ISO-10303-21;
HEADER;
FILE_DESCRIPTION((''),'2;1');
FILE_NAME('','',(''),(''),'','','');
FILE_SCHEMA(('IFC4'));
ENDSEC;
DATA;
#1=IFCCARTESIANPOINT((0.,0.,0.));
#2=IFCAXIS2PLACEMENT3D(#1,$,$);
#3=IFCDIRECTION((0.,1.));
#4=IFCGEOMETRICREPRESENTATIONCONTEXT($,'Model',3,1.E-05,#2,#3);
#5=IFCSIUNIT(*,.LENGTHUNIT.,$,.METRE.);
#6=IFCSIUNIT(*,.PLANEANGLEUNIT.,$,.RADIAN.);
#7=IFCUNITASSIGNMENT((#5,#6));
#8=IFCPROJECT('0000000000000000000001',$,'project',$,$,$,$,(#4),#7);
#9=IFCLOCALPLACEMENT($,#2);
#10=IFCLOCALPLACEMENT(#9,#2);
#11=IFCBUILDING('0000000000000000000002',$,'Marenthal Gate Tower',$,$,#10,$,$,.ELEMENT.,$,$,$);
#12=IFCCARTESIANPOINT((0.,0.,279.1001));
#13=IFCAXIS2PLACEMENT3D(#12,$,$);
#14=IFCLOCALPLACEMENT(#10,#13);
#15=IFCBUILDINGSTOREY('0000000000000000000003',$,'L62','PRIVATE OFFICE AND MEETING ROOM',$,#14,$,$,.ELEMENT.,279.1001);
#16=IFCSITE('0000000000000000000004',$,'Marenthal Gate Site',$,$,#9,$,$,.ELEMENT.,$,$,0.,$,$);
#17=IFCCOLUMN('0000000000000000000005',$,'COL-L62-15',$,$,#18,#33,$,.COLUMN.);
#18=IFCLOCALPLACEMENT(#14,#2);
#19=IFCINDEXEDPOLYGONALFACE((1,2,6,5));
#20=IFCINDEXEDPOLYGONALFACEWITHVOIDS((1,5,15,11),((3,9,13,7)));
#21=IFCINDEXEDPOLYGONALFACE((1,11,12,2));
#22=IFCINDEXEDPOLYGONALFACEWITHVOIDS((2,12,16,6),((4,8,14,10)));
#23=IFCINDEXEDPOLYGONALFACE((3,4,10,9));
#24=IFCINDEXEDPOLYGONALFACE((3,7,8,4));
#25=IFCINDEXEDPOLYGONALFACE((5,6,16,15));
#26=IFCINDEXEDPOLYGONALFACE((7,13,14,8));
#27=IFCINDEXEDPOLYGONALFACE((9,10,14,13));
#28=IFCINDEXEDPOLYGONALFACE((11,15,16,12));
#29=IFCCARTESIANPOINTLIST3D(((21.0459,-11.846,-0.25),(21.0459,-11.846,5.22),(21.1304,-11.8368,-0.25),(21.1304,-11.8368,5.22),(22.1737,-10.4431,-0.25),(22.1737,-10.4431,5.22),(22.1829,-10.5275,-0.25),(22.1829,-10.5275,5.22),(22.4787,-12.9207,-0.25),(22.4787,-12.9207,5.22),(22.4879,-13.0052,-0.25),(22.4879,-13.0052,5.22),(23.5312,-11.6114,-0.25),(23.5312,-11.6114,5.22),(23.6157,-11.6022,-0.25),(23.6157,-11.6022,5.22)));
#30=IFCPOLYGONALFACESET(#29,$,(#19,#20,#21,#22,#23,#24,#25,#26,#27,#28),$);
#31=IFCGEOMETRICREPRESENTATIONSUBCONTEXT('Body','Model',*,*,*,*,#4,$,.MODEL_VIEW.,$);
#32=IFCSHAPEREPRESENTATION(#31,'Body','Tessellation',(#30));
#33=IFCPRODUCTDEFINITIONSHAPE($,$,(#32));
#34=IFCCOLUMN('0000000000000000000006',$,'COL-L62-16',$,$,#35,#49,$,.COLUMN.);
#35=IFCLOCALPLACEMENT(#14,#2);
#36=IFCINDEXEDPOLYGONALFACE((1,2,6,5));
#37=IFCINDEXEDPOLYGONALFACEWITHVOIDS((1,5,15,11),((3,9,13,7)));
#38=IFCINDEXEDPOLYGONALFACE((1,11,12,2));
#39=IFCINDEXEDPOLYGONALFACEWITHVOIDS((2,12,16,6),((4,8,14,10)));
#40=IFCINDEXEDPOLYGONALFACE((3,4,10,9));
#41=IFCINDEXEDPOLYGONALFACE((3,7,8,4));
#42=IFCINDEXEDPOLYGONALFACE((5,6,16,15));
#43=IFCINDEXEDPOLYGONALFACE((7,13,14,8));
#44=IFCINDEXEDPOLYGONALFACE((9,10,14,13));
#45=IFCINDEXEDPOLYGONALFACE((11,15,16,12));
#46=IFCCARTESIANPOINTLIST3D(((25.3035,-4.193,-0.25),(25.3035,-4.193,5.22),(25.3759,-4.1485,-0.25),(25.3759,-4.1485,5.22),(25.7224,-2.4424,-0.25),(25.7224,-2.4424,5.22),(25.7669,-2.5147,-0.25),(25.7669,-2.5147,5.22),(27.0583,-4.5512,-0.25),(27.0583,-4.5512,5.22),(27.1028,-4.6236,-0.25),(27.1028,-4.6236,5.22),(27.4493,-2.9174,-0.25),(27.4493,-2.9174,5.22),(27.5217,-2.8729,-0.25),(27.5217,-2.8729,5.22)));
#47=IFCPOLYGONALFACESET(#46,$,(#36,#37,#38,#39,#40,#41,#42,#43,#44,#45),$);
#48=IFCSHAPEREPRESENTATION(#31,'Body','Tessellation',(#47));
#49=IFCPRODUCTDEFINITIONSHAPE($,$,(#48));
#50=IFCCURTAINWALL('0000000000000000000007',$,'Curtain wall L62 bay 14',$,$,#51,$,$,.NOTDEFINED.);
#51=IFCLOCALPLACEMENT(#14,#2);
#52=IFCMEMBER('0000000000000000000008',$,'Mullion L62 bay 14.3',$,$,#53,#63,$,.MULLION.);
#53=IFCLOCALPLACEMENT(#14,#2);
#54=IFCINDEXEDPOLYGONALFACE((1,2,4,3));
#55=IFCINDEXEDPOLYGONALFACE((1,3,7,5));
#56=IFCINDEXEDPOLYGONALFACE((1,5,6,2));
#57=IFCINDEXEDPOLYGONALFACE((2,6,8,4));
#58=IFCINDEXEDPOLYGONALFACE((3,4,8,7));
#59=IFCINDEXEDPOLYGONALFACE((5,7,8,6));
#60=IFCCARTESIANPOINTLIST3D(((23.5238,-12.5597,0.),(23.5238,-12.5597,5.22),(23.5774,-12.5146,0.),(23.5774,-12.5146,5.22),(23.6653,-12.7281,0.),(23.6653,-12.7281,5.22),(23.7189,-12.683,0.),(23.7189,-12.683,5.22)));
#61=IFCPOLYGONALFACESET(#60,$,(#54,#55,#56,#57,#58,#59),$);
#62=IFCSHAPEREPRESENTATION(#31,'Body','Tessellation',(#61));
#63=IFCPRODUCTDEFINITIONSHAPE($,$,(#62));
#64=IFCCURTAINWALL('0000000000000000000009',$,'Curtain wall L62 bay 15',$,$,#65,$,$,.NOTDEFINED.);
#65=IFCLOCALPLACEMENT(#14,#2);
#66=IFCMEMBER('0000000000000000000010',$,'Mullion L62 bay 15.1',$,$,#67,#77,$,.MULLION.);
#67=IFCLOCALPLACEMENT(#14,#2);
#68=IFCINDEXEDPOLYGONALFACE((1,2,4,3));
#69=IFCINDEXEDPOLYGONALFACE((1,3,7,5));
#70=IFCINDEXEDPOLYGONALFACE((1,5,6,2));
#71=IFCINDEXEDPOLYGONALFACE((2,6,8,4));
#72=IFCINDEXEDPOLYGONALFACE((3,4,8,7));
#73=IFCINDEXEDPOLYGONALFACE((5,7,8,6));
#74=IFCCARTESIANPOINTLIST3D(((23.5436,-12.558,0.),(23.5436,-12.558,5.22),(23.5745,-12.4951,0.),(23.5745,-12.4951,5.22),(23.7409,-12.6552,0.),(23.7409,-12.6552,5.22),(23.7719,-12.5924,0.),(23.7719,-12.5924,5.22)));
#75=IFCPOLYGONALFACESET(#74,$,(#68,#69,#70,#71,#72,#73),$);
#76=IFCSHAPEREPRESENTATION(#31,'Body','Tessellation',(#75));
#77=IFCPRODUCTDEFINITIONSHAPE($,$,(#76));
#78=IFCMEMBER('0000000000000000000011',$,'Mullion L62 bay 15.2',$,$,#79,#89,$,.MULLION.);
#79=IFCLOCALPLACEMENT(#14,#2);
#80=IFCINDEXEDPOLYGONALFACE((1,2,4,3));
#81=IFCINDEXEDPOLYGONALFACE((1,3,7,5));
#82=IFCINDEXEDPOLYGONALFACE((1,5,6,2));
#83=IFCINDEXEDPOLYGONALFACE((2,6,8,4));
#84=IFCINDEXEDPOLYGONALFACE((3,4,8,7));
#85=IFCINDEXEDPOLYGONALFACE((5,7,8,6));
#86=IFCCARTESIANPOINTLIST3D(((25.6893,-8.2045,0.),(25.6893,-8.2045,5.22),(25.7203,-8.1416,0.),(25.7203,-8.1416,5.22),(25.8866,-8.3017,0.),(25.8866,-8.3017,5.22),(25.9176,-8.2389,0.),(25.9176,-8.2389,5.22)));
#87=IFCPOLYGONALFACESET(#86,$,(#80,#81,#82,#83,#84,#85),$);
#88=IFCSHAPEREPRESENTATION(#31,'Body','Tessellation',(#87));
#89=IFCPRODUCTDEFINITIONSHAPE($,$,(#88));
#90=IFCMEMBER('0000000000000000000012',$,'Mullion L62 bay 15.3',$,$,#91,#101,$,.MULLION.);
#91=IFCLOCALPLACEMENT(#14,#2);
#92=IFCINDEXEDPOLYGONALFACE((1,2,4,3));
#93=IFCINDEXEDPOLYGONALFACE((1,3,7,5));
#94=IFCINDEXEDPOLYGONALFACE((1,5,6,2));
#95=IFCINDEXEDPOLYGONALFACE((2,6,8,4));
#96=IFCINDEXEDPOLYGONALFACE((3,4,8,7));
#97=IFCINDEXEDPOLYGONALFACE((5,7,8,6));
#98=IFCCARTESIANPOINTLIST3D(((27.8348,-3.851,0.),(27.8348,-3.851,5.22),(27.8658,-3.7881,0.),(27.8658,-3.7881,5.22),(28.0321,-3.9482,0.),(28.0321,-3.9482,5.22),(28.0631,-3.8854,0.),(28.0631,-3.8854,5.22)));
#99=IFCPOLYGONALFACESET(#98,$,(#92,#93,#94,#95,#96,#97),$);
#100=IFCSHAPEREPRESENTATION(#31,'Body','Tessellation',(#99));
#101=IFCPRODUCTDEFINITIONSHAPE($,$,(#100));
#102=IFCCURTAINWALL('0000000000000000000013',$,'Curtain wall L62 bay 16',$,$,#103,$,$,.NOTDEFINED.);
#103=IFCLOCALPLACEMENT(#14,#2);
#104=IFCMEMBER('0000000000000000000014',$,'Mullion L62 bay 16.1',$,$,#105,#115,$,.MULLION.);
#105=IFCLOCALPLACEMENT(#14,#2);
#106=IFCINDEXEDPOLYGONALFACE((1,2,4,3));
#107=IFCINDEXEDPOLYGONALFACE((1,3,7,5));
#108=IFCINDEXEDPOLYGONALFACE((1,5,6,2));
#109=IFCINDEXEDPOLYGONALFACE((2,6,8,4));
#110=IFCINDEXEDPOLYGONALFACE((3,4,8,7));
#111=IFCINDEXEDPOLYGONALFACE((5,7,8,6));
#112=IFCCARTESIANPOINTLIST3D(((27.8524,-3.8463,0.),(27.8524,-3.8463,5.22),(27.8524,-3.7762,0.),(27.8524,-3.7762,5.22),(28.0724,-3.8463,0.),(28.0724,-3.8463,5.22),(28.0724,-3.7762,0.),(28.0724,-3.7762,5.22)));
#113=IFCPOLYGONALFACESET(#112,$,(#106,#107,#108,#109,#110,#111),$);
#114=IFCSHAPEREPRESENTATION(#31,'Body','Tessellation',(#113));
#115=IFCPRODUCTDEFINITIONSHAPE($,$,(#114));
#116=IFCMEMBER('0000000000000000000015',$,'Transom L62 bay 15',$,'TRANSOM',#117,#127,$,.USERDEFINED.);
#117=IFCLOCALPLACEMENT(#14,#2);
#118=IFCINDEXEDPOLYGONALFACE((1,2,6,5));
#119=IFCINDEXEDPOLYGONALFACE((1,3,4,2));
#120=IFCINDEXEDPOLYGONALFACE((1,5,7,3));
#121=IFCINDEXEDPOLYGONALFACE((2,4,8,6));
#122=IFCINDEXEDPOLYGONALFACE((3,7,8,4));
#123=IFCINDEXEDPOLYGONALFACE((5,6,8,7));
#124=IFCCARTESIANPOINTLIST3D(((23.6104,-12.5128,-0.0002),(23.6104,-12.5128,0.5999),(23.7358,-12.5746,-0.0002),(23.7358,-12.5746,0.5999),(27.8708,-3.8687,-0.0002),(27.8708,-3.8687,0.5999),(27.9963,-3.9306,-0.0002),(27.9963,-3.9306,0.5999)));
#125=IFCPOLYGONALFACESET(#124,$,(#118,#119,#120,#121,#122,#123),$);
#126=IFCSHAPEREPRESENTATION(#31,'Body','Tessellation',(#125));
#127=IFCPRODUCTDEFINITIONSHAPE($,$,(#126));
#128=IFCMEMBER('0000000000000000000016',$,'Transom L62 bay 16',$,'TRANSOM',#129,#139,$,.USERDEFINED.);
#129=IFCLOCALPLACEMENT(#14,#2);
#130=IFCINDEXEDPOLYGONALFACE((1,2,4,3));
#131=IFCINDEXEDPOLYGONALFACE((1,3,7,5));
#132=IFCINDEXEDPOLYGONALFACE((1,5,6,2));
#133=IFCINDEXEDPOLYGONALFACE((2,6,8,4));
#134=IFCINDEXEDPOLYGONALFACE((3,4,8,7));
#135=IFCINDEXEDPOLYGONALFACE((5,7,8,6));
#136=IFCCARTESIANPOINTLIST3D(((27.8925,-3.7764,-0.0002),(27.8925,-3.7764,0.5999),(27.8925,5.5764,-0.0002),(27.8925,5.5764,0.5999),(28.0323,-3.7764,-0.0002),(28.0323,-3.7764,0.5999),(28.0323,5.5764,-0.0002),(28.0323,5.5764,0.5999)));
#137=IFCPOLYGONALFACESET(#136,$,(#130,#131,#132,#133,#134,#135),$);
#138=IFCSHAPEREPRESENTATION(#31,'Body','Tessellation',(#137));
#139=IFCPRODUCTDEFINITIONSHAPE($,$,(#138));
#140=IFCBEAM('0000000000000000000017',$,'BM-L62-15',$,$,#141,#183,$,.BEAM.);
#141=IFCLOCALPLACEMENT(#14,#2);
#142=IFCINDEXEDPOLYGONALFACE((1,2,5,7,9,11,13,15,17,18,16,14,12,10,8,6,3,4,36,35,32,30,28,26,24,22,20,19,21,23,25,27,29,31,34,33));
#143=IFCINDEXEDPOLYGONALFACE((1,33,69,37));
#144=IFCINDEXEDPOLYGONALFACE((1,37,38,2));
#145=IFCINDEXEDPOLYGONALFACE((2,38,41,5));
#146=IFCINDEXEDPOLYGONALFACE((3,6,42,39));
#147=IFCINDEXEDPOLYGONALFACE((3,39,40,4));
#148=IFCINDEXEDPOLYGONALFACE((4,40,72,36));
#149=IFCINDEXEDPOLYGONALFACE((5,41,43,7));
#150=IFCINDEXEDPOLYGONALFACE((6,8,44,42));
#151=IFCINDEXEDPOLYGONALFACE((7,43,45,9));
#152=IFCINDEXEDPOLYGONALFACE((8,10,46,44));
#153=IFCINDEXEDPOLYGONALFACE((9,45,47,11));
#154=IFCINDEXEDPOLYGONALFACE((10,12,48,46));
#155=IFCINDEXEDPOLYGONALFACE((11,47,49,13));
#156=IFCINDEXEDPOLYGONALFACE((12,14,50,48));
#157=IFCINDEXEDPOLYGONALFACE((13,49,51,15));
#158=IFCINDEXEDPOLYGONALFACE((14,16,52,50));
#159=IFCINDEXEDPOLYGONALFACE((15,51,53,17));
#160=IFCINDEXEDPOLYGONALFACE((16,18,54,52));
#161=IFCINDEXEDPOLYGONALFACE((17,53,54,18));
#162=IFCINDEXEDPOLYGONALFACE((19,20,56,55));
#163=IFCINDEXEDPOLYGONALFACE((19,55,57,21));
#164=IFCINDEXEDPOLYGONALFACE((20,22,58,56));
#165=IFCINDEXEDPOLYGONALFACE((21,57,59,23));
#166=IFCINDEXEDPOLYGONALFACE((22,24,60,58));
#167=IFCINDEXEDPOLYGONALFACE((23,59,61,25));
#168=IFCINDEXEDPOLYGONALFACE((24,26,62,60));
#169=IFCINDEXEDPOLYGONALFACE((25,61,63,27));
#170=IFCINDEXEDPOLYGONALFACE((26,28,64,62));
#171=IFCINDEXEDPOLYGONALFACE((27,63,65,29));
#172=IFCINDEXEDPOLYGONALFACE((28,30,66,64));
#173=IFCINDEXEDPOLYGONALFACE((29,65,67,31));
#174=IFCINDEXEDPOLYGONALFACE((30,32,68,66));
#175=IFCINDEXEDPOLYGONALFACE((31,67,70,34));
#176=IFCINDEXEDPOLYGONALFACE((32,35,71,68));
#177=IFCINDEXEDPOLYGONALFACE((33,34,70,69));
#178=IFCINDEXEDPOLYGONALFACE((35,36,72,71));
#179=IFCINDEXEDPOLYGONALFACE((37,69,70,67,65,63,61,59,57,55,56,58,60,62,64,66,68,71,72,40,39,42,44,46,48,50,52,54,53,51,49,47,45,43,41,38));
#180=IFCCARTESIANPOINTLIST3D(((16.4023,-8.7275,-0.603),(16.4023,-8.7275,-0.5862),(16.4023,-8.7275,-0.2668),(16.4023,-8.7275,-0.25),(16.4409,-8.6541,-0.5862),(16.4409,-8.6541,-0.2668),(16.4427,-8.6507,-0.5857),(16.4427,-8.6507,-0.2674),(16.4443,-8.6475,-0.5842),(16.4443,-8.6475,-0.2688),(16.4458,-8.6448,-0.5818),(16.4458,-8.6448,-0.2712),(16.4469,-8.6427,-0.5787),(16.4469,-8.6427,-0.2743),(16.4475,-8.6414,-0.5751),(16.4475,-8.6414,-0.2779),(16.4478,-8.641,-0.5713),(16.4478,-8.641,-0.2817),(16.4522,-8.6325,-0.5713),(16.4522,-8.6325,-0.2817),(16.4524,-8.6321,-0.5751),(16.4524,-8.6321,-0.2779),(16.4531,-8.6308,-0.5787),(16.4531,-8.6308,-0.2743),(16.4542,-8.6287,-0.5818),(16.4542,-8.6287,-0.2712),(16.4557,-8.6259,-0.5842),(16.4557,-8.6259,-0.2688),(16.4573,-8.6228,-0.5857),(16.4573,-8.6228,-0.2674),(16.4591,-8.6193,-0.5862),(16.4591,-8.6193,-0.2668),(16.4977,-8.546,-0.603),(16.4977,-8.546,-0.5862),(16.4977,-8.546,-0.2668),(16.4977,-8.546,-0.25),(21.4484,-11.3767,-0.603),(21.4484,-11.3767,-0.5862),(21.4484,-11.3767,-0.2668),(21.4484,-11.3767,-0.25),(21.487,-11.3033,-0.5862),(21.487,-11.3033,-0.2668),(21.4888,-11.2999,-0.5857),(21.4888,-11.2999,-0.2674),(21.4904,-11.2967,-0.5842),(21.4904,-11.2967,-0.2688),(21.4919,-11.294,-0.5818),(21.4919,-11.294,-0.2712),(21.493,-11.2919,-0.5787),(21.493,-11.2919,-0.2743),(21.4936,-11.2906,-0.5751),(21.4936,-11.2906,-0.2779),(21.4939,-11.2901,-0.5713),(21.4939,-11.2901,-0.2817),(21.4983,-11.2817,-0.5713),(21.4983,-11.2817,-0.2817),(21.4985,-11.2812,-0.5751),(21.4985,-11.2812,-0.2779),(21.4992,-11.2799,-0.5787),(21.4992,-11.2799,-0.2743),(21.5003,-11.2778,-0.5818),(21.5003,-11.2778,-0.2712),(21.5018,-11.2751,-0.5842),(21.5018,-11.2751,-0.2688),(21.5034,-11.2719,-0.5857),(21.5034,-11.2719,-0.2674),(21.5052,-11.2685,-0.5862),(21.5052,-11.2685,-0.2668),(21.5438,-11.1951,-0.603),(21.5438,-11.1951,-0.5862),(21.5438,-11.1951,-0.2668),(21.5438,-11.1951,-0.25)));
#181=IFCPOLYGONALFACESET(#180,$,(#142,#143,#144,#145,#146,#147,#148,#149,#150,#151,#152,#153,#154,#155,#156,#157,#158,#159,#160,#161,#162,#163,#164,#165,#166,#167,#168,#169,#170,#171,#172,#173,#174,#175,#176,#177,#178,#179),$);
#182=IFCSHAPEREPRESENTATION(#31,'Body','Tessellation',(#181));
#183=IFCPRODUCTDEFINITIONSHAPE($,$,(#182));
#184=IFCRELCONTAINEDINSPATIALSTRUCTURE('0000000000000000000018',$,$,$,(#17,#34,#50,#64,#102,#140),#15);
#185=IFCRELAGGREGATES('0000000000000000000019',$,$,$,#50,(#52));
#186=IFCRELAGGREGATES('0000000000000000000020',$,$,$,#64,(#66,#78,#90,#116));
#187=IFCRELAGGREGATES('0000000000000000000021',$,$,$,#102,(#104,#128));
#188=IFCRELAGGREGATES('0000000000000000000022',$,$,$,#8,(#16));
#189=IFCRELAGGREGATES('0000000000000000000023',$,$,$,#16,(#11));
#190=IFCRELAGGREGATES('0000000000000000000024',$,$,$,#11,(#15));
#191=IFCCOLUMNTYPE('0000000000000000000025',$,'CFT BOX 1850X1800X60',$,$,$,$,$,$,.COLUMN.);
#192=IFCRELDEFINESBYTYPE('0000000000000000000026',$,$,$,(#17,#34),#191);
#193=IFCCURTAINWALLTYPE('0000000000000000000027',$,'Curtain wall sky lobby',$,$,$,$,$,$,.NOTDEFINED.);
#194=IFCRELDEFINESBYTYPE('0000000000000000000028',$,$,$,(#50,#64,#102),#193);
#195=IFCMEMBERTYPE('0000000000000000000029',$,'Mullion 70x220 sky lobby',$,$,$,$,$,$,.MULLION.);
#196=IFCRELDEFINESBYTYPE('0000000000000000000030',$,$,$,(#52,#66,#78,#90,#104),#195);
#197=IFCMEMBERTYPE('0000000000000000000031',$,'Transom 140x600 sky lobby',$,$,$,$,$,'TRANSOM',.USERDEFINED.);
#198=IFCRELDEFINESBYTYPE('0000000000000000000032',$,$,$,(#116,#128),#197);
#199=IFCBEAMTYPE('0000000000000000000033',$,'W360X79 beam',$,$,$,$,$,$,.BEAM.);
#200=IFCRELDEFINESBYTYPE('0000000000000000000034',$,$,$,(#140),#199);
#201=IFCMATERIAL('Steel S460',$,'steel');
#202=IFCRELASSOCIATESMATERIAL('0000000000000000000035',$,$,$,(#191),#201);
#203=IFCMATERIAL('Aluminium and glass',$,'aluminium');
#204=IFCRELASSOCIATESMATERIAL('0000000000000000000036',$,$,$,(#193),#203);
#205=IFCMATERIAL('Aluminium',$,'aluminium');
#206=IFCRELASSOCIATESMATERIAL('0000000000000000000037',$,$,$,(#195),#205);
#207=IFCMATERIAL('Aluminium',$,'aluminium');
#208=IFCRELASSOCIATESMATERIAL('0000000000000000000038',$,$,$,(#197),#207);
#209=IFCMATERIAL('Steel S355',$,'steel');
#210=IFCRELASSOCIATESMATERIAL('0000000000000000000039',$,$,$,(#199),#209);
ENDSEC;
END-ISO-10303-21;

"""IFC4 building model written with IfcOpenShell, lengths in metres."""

from ifc_helpers import new_model, si_unit, direction, frame, origin, origin_2d, place, context, subcontext, project, spatial, rectangle, hollow_rectangle, i_section, extrude, material, material_profile, profile_set, type_object, element, aggregate, save


model = new_model("IFC4")

# Units and contexts
model_context = context("Model", 3, precision=1e-05, world=origin(), true_north=direction((0.0, 1.0)))
body_context = subcontext(model_context, "Body", "Model", "MODEL_VIEW")
ifc_project = project(units=[si_unit("LENGTHUNIT", "METRE"), si_unit("PLANEANGLEUNIT", "RADIAN")], contexts=[model_context])

# Site, building, storey
site_placement = place(None, origin())
site = spatial("IfcSite", under=ifc_project, at=site_placement, Name="Marenthal Gate Site", CompositionType="ELEMENT", RefElevation=0.0)
building_placement = place(site_placement, origin())
building = spatial("IfcBuilding", under=site, at=building_placement, Name="Marenthal Gate Tower", CompositionType="ELEMENT")
storey_placement = place(building_placement, frame((0.0, 0.0, 279.1001)))
storey = spatial("IfcBuildingStorey", under=building, at=storey_placement, Name="L62", Description="PRIVATE OFFICE AND MEETING ROOM", CompositionType="ELEMENT", Elevation=279.1001)

# Columns
ifc_material_1 = material(Name="Steel S460", Category="steel")
ifc_material_profile_1 = material_profile(ifc_material_1, hollow_rectangle(XDim=1.8, YDim=1.8501, WallThickness=0.0601, at=origin_2d()), Name="CFT BOX 1850X1800X60")
ifc_material_2 = material(Name="Concrete 70 MPa", Category="concrete")
ifc_material_profile_2 = material_profile(ifc_material_2, rectangle(XDim=1.6799, YDim=1.73, at=origin_2d()), Name="CFT BOX 1850X1800X60 INFILL")
ifc_profile_set_1 = profile_set([ifc_material_profile_1, ifc_material_profile_2], Name="Steel S460 shell, Concrete 70 MPa infill")
column_type = type_object("IfcColumnType", Name="CFT BOX 1850X1800X60", PredefinedType="COLUMN", material=ifc_profile_set_1)
for number, where, z_axis, x_axis, name in (
    (1, (22.3308, -11.7241, -0.25), (0.0, 0.0, 1.0), (-0.62654, -0.779389, 0.0), "COL-L62-15"),
    (2, (26.4126, -3.533, -0.25), (0.0, 0.0, 1.0), (-0.232739, -0.972539, 0.0), "COL-L62-16"),
):
    element("IfcColumn", number, at=place(storey_placement, frame(where, z_axis=z_axis, x_axis=x_axis)), inside=storey, type_object=column_type, Name=name, PredefinedType="COLUMN", context=body_context, shape_type="SweptSolid", body=[
        extrude(hollow_rectangle(XDim=1.8, YDim=1.8501, WallThickness=0.0601, at=origin_2d()), origin(), (0.0, 0.0, 1.0), 5.47),
    ])

# Curtain wall, member
ifc_material_3 = material(Name="Aluminium and glass", Category="aluminium")
curtain_wall_type = type_object("IfcCurtainWallType", Name="Curtain wall sky lobby", PredefinedType="NOTDEFINED", material=ifc_material_3)
curtain_wall_1_placement = place(storey_placement, origin())
curtain_wall_1 = element("IfcCurtainWall", 3, at=curtain_wall_1_placement, inside=storey, type_object=curtain_wall_type, Name="Curtain wall L62 bay 14", PredefinedType="NOTDEFINED")
ifc_material_4 = material(Name="Aluminium", Category="aluminium")
ifc_material_profile_3 = material_profile(ifc_material_4, rectangle(XDim=0.22, YDim=0.0701, at=origin_2d()), Name="70x220 aluminium mullion")
ifc_profile_set_2 = profile_set([ifc_material_profile_3], Name="Aluminium")
member_type_1 = type_object("IfcMemberType", Name="Mullion 70x220 sky lobby", PredefinedType="MULLION", material=ifc_profile_set_2)
member_1_placement = place(storey_placement, frame((23.6213, -12.6213, 0.0), z_axis=(0.0, 0.0, 1.0), x_axis=(-0.64338, 0.765547, 0.0)))
member_1 = element("IfcMember", 4, at=member_1_placement, type_object=member_type_1, Name="Mullion L62 bay 14.3", PredefinedType="MULLION", context=body_context, shape_type="SweptSolid", body=[
    extrude(rectangle(XDim=0.22, YDim=0.0701, at=origin_2d()), origin(), (0.0, 0.0, 1.0), 5.22),
])
aggregate(curtain_wall_1, [member_1])

# Curtain wall, members
curtain_wall_2_placement = place(storey_placement, origin())
curtain_wall_2 = element("IfcCurtainWall", 5, at=curtain_wall_2_placement, inside=storey, type_object=curtain_wall_type, Name="Curtain wall L62 bay 15", PredefinedType="NOTDEFINED")
member_2_placement = place(storey_placement, frame((23.6577, -12.5752, 0.0), z_axis=(0.0, 0.0, 1.0), x_axis=(-0.89697, 0.442091, 0.0)))
member_2 = element("IfcMember", 6, at=member_2_placement, type_object=member_type_1, Name="Mullion L62 bay 15.1", PredefinedType="MULLION", context=body_context, shape_type="SweptSolid", body=[
    extrude(rectangle(XDim=0.22, YDim=0.0701, at=origin_2d()), origin(), (0.0, 0.0, 1.0), 5.22),
])
member_3_placement = place(storey_placement, frame((25.8035, -8.2217, 0.0), z_axis=(0.0, 0.0, 1.0), x_axis=(-0.89697, 0.442091, 0.0)))
member_3 = element("IfcMember", 7, at=member_3_placement, type_object=member_type_1, Name="Mullion L62 bay 15.2", PredefinedType="MULLION", context=body_context, shape_type="SweptSolid", body=[
    extrude(rectangle(XDim=0.22, YDim=0.0701, at=origin_2d()), origin(), (0.0, 0.0, 1.0), 5.22),
])
member_4_placement = place(storey_placement, frame((27.949, -3.8682, 0.0), z_axis=(0.0, 0.0, 1.0), x_axis=(-0.89697, 0.442091, 0.0)))
member_4 = element("IfcMember", 8, at=member_4_placement, type_object=member_type_1, Name="Mullion L62 bay 15.3", PredefinedType="MULLION", context=body_context, shape_type="SweptSolid", body=[
    extrude(rectangle(XDim=0.22, YDim=0.0701, at=origin_2d()), origin(), (0.0, 0.0, 1.0), 5.22),
])

# Curtain wall, member
curtain_wall_3_placement = place(storey_placement, origin())
curtain_wall_3 = element("IfcCurtainWall", 9, at=curtain_wall_3_placement, inside=storey, type_object=curtain_wall_type, Name="Curtain wall L62 bay 16", PredefinedType="NOTDEFINED")
member_5_placement = place(storey_placement, frame((27.9624, -3.8113, 0.0), z_axis=(0.0, 0.0, 1.0), x_axis=(-1.0, 0.0, 0.0)))
member_5 = element("IfcMember", 10, at=member_5_placement, type_object=member_type_1, Name="Mullion L62 bay 16.1", PredefinedType="MULLION", context=body_context, shape_type="SweptSolid", body=[
    extrude(rectangle(XDim=0.22, YDim=0.0701, at=origin_2d()), origin(), (0.0, 0.0, 1.0), 5.22),
])

# Members
ifc_material_5 = material(Name="Aluminium", Category="aluminium")
ifc_material_profile_4 = material_profile(ifc_material_5, rectangle(XDim=0.1399, YDim=0.6001, at=origin_2d()), Name="140x600 aluminium transom")
ifc_profile_set_3 = profile_set([ifc_material_profile_4], Name="Aluminium")
member_type_2 = type_object("IfcMemberType", Name="Transom 140x600 sky lobby", ElementType="TRANSOM", PredefinedType="USERDEFINED", material=ifc_profile_set_3)
member_6_placement = place(storey_placement, frame((23.6731, -12.5437, 0.2998), z_axis=(0.442099, 0.896966, 0.0), x_axis=(-0.896966, 0.442099, 0.0)))
member_6 = element("IfcMember", 11, at=member_6_placement, type_object=member_type_2, Name="Transom L62 bay 15", ObjectType="TRANSOM", PredefinedType="USERDEFINED", context=body_context, shape_type="SweptSolid", body=[
    extrude(rectangle(XDim=0.1399, YDim=0.6001, at=origin_2d()), origin(), (0.0, 0.0, 1.0), 9.637),
])
member_7_placement = place(storey_placement, frame((27.9624, -3.7764, 0.2998), z_axis=(0.0, 1.0, 0.0), x_axis=(-1.0, 0.0, 0.0)))
member_7 = element("IfcMember", 12, at=member_7_placement, type_object=member_type_2, Name="Transom L62 bay 16", ObjectType="TRANSOM", PredefinedType="USERDEFINED", context=body_context, shape_type="SweptSolid", body=[
    extrude(rectangle(XDim=0.1399, YDim=0.6001, at=origin_2d()), origin(), (0.0, 0.0, 1.0), 9.3528),
])

# Beam
ifc_material_6 = material(Name="Steel S355", Category="steel")
ifc_material_profile_5 = material_profile(ifc_material_6, i_section(OverallWidth=0.2051, OverallDepth=0.353, WebThickness=0.0095, FlangeThickness=0.0168, FilletRadius=0.0149, at=origin_2d()), Name="W360X79")
ifc_profile_set_4 = profile_set([ifc_material_profile_5], Name="Steel S355")
beam_type_1 = type_object("IfcBeamType", Name="W360X79 beam", PredefinedType="BEAM", material=ifc_profile_set_4)
beam_1_placement = place(storey_placement, frame((21.4961, -11.2859, -0.4265), z_axis=(-0.885402, 0.464826, 0.0), x_axis=(-0.464826, -0.885402, 0.0)))
element("IfcBeam", 13, at=beam_1_placement, inside=storey, type_object=beam_type_1, Name="BM-L62-15", PredefinedType="BEAM", context=body_context, shape_type="SweptSolid", body=[
    extrude(i_section(OverallWidth=0.2051, OverallDepth=0.353, WebThickness=0.0095, FlangeThickness=0.0168, FilletRadius=0.0149, at=origin_2d()), origin(), (0.0, 0.0, 1.0), 5.6992),
])

aggregate(curtain_wall_2, [member_2, member_3, member_4, member_6])
aggregate(curtain_wall_3, [member_5, member_7])

save(model, "model.ifc")
